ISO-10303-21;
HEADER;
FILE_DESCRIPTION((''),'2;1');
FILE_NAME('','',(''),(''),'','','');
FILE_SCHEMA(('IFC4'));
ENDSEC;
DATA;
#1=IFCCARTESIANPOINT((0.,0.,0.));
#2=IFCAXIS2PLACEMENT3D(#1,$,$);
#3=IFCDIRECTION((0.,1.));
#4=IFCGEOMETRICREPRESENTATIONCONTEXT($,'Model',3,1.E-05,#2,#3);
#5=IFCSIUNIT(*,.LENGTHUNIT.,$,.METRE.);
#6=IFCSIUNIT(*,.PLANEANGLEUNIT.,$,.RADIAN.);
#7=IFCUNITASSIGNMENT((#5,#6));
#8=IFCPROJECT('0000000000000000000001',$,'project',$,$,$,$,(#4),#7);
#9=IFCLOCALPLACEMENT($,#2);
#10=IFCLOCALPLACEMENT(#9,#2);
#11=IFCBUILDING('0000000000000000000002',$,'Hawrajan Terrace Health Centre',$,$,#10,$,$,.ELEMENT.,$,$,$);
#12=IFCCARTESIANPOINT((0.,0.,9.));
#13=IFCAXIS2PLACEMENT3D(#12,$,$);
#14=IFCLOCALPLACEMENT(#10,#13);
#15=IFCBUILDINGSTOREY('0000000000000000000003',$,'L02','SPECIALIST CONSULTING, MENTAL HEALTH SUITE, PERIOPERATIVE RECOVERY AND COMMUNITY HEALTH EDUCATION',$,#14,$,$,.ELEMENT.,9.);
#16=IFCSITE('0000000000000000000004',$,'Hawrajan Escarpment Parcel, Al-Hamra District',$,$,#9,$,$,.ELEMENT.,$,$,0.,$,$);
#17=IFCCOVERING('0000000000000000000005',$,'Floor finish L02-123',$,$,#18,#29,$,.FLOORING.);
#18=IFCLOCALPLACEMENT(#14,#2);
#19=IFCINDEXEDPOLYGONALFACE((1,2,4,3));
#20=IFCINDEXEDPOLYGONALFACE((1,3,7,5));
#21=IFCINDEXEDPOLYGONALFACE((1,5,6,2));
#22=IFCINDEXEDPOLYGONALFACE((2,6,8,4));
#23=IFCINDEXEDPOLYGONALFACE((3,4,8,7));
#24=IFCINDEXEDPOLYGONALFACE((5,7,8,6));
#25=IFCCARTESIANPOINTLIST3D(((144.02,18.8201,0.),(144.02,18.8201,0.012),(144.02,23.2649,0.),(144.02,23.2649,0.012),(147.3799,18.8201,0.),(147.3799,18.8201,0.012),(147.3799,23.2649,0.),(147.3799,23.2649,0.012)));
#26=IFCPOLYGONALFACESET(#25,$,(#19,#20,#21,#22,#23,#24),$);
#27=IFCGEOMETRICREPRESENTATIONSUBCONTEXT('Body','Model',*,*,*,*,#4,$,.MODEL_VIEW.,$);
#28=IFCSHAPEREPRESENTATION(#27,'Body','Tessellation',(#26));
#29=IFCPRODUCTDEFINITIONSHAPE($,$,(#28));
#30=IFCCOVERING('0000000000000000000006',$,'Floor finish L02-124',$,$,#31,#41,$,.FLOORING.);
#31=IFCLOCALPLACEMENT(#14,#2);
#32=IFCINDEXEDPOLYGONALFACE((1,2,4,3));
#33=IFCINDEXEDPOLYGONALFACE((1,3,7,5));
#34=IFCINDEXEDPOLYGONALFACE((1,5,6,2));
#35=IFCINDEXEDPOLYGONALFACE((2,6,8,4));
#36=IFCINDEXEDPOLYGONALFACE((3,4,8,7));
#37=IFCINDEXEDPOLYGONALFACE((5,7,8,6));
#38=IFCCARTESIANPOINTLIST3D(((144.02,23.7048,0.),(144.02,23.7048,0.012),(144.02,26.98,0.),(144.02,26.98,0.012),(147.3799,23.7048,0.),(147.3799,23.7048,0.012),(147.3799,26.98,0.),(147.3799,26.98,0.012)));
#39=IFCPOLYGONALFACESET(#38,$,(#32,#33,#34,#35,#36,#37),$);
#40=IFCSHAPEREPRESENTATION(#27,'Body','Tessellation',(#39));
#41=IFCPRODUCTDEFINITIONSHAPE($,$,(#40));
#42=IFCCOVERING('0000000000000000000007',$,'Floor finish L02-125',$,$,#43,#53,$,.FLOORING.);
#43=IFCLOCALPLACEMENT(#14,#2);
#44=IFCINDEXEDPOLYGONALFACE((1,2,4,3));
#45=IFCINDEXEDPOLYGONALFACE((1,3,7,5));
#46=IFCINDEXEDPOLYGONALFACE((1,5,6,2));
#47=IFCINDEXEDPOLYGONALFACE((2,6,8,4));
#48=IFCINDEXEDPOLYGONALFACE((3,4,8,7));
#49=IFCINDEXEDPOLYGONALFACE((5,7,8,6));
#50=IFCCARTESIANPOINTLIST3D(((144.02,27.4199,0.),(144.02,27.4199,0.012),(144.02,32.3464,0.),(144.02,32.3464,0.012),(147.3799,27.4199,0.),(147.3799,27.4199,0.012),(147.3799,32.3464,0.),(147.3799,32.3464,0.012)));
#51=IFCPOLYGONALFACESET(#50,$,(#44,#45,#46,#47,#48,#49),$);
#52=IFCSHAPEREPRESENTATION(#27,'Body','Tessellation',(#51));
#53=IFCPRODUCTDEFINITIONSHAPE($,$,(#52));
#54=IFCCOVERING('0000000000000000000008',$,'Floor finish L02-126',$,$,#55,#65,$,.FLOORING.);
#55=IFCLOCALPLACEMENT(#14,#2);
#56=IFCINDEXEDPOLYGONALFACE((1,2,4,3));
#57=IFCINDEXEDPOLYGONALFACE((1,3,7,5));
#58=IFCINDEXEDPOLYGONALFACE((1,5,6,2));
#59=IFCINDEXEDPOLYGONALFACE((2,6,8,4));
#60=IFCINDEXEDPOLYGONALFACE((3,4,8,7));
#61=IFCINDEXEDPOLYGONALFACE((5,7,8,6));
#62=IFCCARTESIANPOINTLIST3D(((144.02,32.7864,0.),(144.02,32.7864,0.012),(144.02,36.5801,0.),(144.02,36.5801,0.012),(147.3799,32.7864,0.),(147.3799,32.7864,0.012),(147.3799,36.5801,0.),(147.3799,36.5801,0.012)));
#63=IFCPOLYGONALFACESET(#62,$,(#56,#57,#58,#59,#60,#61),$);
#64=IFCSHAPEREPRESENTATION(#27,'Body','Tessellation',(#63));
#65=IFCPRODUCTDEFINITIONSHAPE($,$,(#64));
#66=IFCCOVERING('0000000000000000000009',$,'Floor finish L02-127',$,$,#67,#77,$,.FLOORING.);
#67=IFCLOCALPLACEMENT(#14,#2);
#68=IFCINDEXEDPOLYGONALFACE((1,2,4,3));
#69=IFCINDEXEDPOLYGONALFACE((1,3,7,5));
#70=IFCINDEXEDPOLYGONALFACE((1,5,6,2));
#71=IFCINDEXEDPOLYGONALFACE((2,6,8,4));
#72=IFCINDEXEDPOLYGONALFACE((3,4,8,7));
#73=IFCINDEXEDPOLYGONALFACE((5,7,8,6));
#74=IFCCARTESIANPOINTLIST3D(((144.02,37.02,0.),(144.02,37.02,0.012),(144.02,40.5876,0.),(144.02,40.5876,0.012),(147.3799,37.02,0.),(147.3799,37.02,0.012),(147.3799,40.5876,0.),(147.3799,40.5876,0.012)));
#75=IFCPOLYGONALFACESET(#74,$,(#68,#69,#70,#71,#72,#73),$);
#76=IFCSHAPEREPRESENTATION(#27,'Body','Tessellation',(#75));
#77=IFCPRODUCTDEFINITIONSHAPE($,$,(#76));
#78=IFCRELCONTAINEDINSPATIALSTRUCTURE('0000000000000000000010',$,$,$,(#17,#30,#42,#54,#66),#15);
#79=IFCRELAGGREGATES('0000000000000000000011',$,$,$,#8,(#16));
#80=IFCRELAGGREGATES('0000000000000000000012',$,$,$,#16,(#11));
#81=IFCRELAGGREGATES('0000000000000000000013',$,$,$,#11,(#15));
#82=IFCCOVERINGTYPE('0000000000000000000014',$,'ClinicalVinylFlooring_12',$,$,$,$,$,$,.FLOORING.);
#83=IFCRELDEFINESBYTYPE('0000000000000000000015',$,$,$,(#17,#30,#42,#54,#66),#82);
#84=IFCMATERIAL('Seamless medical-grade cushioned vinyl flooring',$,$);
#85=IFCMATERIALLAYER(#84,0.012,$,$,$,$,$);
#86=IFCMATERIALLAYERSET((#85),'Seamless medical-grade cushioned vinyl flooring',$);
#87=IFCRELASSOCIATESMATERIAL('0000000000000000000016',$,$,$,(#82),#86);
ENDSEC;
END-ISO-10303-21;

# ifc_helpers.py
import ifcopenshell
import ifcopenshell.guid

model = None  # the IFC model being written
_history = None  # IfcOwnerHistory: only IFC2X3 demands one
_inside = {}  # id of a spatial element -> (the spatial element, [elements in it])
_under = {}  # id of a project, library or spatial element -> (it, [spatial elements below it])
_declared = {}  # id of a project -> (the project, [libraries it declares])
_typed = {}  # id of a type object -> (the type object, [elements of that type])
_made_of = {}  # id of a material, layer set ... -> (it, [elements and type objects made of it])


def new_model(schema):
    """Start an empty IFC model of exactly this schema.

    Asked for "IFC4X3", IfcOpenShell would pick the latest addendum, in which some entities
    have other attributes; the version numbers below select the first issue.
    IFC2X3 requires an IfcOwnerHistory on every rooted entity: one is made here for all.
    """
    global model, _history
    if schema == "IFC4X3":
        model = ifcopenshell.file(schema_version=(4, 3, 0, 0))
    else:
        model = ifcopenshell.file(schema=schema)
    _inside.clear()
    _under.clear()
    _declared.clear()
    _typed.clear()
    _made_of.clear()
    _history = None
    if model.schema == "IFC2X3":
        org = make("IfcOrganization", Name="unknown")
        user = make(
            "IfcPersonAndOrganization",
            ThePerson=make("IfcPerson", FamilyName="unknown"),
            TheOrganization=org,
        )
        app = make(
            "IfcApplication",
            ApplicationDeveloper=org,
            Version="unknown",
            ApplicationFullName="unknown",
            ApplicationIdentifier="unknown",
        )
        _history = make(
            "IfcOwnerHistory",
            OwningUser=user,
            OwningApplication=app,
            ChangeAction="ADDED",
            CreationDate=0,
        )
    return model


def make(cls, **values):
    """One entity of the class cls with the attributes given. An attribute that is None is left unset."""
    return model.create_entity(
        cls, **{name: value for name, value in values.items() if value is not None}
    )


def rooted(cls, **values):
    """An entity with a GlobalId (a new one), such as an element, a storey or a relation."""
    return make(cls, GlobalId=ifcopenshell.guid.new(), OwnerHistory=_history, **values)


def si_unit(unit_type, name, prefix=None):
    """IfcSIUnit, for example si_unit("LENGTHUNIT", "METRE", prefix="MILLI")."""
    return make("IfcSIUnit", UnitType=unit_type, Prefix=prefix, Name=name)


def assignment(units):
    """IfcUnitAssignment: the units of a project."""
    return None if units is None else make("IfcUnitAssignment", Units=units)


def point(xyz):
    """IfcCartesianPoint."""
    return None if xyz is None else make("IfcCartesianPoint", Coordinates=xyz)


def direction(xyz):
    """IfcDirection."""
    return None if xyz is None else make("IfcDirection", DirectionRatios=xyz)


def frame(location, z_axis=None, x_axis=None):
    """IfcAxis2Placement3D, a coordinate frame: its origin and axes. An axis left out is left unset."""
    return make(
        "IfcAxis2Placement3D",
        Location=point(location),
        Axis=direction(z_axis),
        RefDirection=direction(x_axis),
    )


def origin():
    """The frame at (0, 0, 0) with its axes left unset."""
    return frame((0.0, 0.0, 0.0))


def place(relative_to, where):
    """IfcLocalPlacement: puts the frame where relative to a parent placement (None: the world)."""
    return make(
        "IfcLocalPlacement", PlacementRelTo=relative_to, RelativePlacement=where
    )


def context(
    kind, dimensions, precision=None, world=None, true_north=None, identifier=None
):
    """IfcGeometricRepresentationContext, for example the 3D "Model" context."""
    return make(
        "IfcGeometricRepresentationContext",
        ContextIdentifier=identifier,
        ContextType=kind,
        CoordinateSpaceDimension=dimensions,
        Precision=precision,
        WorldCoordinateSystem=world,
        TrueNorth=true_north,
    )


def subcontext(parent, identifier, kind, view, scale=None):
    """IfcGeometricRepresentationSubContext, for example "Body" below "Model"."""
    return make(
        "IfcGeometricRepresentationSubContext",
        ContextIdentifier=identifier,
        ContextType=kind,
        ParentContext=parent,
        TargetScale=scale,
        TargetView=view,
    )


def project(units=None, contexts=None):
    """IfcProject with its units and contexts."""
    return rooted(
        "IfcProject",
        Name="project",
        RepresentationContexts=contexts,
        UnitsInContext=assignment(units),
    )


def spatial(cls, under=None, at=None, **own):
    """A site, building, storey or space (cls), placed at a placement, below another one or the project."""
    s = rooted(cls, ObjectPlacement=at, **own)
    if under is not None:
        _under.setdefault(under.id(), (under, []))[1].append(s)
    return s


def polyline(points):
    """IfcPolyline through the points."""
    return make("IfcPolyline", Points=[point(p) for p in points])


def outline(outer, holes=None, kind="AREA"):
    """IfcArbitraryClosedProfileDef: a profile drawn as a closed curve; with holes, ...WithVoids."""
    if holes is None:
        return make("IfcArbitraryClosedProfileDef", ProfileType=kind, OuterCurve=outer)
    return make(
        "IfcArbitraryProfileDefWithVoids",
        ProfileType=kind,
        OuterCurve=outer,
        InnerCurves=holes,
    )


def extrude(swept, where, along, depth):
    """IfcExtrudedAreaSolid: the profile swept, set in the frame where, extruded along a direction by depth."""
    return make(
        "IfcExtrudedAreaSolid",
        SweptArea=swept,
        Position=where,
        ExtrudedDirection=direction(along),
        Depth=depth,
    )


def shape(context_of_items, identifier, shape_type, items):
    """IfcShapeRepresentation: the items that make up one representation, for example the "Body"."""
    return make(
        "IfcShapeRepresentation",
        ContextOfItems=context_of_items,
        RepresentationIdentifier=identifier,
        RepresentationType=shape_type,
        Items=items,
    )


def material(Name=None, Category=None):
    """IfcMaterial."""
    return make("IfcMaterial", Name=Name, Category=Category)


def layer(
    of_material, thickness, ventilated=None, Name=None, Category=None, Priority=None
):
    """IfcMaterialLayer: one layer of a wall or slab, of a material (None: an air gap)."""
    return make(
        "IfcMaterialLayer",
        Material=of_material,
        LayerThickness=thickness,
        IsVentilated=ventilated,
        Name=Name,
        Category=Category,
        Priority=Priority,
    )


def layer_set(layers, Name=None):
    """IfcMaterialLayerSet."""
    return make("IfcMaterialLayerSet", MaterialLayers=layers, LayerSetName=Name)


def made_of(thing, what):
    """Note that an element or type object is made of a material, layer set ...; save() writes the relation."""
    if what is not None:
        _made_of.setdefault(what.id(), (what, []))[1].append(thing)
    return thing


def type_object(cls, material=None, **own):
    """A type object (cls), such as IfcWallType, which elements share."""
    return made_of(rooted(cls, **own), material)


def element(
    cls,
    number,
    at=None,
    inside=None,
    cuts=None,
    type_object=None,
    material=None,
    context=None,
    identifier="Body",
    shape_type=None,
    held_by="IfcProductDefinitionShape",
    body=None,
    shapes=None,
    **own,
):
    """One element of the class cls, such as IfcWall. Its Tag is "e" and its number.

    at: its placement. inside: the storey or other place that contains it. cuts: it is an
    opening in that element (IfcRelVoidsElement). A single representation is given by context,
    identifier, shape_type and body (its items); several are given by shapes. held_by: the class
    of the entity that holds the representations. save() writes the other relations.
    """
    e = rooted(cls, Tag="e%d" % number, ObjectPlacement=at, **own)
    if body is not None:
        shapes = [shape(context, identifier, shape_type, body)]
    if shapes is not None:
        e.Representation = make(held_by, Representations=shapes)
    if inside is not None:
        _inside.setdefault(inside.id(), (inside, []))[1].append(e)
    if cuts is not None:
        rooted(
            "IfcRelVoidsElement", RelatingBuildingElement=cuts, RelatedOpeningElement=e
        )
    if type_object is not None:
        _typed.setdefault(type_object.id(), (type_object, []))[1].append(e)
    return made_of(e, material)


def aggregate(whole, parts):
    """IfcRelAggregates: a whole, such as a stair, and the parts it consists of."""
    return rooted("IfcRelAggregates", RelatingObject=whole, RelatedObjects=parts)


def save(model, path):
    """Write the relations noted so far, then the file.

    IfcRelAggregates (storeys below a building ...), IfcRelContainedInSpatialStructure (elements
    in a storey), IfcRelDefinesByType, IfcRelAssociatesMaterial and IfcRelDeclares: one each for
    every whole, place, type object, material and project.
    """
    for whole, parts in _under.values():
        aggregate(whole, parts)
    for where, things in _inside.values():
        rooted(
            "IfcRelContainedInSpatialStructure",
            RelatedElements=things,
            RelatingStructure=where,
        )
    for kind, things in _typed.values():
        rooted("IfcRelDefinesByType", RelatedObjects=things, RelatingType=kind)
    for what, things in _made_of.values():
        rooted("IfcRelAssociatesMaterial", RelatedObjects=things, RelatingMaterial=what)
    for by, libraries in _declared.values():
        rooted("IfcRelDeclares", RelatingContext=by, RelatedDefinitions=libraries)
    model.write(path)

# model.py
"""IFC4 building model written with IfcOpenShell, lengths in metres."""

from ifc_helpers import new_model, si_unit, direction, frame, origin, place, context, subcontext, project, spatial, polyline, outline, extrude, material, layer, layer_set, type_object, element, save


model = new_model("IFC4")

# Units and contexts
model_context = context("Model", 3, precision=1e-05, world=origin(), true_north=direction((0.0, 1.0)))
body_context = subcontext(model_context, "Body", "Model", "MODEL_VIEW")
ifc_project = project(units=[si_unit("LENGTHUNIT", "METRE"), si_unit("PLANEANGLEUNIT", "RADIAN")], contexts=[model_context])

# Site, building, storey
site_placement = place(None, origin())
site = spatial("IfcSite", under=ifc_project, at=site_placement, Name="Hawrajan Escarpment Parcel, Al-Hamra District", CompositionType="ELEMENT", RefElevation=0.0)
building_placement = place(site_placement, origin())
building = spatial("IfcBuilding", under=site, at=building_placement, Name="Hawrajan Terrace Health Centre", CompositionType="ELEMENT")
storey_placement = place(building_placement, frame((0.0, 0.0, 9.0)))
storey = spatial("IfcBuildingStorey", under=building, at=storey_placement, Name="L02", Description="SPECIALIST CONSULTING, MENTAL HEALTH SUITE, PERIOPERATIVE RECOVERY AND COMMUNITY HEALTH EDUCATION", CompositionType="ELEMENT", Elevation=9.0)

# Coverings
ifc_material = material(Name="Seamless medical-grade cushioned vinyl flooring")
ifc_layer = layer(ifc_material, 0.012)
ifc_layer_set = layer_set([ifc_layer], Name="Seamless medical-grade cushioned vinyl flooring")
covering_type = type_object("IfcCoveringType", Name="ClinicalVinylFlooring_12", PredefinedType="FLOORING", material=ifc_layer_set)
covering_1_placement = place(storey_placement, origin())
element("IfcCovering", 1, at=covering_1_placement, inside=storey, type_object=covering_type, Name="Floor finish L02-123", PredefinedType="FLOORING", context=body_context, shape_type="SweptSolid", body=[
    extrude(outline(polyline([(144.02, 23.2649), (147.3799, 23.2649), (147.3799, 18.8201), (144.02, 18.8201), (144.02, 23.2649)])), origin(), (0.0, 0.0, 1.0), 0.012),
])
covering_2_placement = place(storey_placement, origin())
element("IfcCovering", 2, at=covering_2_placement, inside=storey, type_object=covering_type, Name="Floor finish L02-124", PredefinedType="FLOORING", context=body_context, shape_type="SweptSolid", body=[
    extrude(outline(polyline([(144.02, 26.98), (147.3799, 26.98), (147.3799, 23.7048), (144.02, 23.7048), (144.02, 26.98)])), origin(), (0.0, 0.0, 1.0), 0.012),
])
covering_3_placement = place(storey_placement, origin())
element("IfcCovering", 3, at=covering_3_placement, inside=storey, type_object=covering_type, Name="Floor finish L02-125", PredefinedType="FLOORING", context=body_context, shape_type="SweptSolid", body=[
    extrude(outline(polyline([(144.02, 32.3464), (147.3799, 32.3464), (147.3799, 27.4199), (144.02, 27.4199), (144.02, 32.3464)])), origin(), (0.0, 0.0, 1.0), 0.012),
])
covering_4_placement = place(storey_placement, origin())
element("IfcCovering", 4, at=covering_4_placement, inside=storey, type_object=covering_type, Name="Floor finish L02-126", PredefinedType="FLOORING", context=body_context, shape_type="SweptSolid", body=[
    extrude(outline(polyline([(144.02, 36.5801), (147.3799, 36.5801), (147.3799, 32.7864), (144.02, 32.7864), (144.02, 36.5801)])), origin(), (0.0, 0.0, 1.0), 0.012),
])
covering_5_placement = place(storey_placement, origin())
element("IfcCovering", 5, at=covering_5_placement, inside=storey, type_object=covering_type, Name="Floor finish L02-127", PredefinedType="FLOORING", context=body_context, shape_type="SweptSolid", body=[
    extrude(outline(polyline([(144.02, 40.5876), (147.3799, 40.5876), (147.3799, 37.02), (144.02, 37.02), (144.02, 40.5876)])), origin(), (0.0, 0.0, 1.0), 0.012),
])

save(model, "model.ifc")
